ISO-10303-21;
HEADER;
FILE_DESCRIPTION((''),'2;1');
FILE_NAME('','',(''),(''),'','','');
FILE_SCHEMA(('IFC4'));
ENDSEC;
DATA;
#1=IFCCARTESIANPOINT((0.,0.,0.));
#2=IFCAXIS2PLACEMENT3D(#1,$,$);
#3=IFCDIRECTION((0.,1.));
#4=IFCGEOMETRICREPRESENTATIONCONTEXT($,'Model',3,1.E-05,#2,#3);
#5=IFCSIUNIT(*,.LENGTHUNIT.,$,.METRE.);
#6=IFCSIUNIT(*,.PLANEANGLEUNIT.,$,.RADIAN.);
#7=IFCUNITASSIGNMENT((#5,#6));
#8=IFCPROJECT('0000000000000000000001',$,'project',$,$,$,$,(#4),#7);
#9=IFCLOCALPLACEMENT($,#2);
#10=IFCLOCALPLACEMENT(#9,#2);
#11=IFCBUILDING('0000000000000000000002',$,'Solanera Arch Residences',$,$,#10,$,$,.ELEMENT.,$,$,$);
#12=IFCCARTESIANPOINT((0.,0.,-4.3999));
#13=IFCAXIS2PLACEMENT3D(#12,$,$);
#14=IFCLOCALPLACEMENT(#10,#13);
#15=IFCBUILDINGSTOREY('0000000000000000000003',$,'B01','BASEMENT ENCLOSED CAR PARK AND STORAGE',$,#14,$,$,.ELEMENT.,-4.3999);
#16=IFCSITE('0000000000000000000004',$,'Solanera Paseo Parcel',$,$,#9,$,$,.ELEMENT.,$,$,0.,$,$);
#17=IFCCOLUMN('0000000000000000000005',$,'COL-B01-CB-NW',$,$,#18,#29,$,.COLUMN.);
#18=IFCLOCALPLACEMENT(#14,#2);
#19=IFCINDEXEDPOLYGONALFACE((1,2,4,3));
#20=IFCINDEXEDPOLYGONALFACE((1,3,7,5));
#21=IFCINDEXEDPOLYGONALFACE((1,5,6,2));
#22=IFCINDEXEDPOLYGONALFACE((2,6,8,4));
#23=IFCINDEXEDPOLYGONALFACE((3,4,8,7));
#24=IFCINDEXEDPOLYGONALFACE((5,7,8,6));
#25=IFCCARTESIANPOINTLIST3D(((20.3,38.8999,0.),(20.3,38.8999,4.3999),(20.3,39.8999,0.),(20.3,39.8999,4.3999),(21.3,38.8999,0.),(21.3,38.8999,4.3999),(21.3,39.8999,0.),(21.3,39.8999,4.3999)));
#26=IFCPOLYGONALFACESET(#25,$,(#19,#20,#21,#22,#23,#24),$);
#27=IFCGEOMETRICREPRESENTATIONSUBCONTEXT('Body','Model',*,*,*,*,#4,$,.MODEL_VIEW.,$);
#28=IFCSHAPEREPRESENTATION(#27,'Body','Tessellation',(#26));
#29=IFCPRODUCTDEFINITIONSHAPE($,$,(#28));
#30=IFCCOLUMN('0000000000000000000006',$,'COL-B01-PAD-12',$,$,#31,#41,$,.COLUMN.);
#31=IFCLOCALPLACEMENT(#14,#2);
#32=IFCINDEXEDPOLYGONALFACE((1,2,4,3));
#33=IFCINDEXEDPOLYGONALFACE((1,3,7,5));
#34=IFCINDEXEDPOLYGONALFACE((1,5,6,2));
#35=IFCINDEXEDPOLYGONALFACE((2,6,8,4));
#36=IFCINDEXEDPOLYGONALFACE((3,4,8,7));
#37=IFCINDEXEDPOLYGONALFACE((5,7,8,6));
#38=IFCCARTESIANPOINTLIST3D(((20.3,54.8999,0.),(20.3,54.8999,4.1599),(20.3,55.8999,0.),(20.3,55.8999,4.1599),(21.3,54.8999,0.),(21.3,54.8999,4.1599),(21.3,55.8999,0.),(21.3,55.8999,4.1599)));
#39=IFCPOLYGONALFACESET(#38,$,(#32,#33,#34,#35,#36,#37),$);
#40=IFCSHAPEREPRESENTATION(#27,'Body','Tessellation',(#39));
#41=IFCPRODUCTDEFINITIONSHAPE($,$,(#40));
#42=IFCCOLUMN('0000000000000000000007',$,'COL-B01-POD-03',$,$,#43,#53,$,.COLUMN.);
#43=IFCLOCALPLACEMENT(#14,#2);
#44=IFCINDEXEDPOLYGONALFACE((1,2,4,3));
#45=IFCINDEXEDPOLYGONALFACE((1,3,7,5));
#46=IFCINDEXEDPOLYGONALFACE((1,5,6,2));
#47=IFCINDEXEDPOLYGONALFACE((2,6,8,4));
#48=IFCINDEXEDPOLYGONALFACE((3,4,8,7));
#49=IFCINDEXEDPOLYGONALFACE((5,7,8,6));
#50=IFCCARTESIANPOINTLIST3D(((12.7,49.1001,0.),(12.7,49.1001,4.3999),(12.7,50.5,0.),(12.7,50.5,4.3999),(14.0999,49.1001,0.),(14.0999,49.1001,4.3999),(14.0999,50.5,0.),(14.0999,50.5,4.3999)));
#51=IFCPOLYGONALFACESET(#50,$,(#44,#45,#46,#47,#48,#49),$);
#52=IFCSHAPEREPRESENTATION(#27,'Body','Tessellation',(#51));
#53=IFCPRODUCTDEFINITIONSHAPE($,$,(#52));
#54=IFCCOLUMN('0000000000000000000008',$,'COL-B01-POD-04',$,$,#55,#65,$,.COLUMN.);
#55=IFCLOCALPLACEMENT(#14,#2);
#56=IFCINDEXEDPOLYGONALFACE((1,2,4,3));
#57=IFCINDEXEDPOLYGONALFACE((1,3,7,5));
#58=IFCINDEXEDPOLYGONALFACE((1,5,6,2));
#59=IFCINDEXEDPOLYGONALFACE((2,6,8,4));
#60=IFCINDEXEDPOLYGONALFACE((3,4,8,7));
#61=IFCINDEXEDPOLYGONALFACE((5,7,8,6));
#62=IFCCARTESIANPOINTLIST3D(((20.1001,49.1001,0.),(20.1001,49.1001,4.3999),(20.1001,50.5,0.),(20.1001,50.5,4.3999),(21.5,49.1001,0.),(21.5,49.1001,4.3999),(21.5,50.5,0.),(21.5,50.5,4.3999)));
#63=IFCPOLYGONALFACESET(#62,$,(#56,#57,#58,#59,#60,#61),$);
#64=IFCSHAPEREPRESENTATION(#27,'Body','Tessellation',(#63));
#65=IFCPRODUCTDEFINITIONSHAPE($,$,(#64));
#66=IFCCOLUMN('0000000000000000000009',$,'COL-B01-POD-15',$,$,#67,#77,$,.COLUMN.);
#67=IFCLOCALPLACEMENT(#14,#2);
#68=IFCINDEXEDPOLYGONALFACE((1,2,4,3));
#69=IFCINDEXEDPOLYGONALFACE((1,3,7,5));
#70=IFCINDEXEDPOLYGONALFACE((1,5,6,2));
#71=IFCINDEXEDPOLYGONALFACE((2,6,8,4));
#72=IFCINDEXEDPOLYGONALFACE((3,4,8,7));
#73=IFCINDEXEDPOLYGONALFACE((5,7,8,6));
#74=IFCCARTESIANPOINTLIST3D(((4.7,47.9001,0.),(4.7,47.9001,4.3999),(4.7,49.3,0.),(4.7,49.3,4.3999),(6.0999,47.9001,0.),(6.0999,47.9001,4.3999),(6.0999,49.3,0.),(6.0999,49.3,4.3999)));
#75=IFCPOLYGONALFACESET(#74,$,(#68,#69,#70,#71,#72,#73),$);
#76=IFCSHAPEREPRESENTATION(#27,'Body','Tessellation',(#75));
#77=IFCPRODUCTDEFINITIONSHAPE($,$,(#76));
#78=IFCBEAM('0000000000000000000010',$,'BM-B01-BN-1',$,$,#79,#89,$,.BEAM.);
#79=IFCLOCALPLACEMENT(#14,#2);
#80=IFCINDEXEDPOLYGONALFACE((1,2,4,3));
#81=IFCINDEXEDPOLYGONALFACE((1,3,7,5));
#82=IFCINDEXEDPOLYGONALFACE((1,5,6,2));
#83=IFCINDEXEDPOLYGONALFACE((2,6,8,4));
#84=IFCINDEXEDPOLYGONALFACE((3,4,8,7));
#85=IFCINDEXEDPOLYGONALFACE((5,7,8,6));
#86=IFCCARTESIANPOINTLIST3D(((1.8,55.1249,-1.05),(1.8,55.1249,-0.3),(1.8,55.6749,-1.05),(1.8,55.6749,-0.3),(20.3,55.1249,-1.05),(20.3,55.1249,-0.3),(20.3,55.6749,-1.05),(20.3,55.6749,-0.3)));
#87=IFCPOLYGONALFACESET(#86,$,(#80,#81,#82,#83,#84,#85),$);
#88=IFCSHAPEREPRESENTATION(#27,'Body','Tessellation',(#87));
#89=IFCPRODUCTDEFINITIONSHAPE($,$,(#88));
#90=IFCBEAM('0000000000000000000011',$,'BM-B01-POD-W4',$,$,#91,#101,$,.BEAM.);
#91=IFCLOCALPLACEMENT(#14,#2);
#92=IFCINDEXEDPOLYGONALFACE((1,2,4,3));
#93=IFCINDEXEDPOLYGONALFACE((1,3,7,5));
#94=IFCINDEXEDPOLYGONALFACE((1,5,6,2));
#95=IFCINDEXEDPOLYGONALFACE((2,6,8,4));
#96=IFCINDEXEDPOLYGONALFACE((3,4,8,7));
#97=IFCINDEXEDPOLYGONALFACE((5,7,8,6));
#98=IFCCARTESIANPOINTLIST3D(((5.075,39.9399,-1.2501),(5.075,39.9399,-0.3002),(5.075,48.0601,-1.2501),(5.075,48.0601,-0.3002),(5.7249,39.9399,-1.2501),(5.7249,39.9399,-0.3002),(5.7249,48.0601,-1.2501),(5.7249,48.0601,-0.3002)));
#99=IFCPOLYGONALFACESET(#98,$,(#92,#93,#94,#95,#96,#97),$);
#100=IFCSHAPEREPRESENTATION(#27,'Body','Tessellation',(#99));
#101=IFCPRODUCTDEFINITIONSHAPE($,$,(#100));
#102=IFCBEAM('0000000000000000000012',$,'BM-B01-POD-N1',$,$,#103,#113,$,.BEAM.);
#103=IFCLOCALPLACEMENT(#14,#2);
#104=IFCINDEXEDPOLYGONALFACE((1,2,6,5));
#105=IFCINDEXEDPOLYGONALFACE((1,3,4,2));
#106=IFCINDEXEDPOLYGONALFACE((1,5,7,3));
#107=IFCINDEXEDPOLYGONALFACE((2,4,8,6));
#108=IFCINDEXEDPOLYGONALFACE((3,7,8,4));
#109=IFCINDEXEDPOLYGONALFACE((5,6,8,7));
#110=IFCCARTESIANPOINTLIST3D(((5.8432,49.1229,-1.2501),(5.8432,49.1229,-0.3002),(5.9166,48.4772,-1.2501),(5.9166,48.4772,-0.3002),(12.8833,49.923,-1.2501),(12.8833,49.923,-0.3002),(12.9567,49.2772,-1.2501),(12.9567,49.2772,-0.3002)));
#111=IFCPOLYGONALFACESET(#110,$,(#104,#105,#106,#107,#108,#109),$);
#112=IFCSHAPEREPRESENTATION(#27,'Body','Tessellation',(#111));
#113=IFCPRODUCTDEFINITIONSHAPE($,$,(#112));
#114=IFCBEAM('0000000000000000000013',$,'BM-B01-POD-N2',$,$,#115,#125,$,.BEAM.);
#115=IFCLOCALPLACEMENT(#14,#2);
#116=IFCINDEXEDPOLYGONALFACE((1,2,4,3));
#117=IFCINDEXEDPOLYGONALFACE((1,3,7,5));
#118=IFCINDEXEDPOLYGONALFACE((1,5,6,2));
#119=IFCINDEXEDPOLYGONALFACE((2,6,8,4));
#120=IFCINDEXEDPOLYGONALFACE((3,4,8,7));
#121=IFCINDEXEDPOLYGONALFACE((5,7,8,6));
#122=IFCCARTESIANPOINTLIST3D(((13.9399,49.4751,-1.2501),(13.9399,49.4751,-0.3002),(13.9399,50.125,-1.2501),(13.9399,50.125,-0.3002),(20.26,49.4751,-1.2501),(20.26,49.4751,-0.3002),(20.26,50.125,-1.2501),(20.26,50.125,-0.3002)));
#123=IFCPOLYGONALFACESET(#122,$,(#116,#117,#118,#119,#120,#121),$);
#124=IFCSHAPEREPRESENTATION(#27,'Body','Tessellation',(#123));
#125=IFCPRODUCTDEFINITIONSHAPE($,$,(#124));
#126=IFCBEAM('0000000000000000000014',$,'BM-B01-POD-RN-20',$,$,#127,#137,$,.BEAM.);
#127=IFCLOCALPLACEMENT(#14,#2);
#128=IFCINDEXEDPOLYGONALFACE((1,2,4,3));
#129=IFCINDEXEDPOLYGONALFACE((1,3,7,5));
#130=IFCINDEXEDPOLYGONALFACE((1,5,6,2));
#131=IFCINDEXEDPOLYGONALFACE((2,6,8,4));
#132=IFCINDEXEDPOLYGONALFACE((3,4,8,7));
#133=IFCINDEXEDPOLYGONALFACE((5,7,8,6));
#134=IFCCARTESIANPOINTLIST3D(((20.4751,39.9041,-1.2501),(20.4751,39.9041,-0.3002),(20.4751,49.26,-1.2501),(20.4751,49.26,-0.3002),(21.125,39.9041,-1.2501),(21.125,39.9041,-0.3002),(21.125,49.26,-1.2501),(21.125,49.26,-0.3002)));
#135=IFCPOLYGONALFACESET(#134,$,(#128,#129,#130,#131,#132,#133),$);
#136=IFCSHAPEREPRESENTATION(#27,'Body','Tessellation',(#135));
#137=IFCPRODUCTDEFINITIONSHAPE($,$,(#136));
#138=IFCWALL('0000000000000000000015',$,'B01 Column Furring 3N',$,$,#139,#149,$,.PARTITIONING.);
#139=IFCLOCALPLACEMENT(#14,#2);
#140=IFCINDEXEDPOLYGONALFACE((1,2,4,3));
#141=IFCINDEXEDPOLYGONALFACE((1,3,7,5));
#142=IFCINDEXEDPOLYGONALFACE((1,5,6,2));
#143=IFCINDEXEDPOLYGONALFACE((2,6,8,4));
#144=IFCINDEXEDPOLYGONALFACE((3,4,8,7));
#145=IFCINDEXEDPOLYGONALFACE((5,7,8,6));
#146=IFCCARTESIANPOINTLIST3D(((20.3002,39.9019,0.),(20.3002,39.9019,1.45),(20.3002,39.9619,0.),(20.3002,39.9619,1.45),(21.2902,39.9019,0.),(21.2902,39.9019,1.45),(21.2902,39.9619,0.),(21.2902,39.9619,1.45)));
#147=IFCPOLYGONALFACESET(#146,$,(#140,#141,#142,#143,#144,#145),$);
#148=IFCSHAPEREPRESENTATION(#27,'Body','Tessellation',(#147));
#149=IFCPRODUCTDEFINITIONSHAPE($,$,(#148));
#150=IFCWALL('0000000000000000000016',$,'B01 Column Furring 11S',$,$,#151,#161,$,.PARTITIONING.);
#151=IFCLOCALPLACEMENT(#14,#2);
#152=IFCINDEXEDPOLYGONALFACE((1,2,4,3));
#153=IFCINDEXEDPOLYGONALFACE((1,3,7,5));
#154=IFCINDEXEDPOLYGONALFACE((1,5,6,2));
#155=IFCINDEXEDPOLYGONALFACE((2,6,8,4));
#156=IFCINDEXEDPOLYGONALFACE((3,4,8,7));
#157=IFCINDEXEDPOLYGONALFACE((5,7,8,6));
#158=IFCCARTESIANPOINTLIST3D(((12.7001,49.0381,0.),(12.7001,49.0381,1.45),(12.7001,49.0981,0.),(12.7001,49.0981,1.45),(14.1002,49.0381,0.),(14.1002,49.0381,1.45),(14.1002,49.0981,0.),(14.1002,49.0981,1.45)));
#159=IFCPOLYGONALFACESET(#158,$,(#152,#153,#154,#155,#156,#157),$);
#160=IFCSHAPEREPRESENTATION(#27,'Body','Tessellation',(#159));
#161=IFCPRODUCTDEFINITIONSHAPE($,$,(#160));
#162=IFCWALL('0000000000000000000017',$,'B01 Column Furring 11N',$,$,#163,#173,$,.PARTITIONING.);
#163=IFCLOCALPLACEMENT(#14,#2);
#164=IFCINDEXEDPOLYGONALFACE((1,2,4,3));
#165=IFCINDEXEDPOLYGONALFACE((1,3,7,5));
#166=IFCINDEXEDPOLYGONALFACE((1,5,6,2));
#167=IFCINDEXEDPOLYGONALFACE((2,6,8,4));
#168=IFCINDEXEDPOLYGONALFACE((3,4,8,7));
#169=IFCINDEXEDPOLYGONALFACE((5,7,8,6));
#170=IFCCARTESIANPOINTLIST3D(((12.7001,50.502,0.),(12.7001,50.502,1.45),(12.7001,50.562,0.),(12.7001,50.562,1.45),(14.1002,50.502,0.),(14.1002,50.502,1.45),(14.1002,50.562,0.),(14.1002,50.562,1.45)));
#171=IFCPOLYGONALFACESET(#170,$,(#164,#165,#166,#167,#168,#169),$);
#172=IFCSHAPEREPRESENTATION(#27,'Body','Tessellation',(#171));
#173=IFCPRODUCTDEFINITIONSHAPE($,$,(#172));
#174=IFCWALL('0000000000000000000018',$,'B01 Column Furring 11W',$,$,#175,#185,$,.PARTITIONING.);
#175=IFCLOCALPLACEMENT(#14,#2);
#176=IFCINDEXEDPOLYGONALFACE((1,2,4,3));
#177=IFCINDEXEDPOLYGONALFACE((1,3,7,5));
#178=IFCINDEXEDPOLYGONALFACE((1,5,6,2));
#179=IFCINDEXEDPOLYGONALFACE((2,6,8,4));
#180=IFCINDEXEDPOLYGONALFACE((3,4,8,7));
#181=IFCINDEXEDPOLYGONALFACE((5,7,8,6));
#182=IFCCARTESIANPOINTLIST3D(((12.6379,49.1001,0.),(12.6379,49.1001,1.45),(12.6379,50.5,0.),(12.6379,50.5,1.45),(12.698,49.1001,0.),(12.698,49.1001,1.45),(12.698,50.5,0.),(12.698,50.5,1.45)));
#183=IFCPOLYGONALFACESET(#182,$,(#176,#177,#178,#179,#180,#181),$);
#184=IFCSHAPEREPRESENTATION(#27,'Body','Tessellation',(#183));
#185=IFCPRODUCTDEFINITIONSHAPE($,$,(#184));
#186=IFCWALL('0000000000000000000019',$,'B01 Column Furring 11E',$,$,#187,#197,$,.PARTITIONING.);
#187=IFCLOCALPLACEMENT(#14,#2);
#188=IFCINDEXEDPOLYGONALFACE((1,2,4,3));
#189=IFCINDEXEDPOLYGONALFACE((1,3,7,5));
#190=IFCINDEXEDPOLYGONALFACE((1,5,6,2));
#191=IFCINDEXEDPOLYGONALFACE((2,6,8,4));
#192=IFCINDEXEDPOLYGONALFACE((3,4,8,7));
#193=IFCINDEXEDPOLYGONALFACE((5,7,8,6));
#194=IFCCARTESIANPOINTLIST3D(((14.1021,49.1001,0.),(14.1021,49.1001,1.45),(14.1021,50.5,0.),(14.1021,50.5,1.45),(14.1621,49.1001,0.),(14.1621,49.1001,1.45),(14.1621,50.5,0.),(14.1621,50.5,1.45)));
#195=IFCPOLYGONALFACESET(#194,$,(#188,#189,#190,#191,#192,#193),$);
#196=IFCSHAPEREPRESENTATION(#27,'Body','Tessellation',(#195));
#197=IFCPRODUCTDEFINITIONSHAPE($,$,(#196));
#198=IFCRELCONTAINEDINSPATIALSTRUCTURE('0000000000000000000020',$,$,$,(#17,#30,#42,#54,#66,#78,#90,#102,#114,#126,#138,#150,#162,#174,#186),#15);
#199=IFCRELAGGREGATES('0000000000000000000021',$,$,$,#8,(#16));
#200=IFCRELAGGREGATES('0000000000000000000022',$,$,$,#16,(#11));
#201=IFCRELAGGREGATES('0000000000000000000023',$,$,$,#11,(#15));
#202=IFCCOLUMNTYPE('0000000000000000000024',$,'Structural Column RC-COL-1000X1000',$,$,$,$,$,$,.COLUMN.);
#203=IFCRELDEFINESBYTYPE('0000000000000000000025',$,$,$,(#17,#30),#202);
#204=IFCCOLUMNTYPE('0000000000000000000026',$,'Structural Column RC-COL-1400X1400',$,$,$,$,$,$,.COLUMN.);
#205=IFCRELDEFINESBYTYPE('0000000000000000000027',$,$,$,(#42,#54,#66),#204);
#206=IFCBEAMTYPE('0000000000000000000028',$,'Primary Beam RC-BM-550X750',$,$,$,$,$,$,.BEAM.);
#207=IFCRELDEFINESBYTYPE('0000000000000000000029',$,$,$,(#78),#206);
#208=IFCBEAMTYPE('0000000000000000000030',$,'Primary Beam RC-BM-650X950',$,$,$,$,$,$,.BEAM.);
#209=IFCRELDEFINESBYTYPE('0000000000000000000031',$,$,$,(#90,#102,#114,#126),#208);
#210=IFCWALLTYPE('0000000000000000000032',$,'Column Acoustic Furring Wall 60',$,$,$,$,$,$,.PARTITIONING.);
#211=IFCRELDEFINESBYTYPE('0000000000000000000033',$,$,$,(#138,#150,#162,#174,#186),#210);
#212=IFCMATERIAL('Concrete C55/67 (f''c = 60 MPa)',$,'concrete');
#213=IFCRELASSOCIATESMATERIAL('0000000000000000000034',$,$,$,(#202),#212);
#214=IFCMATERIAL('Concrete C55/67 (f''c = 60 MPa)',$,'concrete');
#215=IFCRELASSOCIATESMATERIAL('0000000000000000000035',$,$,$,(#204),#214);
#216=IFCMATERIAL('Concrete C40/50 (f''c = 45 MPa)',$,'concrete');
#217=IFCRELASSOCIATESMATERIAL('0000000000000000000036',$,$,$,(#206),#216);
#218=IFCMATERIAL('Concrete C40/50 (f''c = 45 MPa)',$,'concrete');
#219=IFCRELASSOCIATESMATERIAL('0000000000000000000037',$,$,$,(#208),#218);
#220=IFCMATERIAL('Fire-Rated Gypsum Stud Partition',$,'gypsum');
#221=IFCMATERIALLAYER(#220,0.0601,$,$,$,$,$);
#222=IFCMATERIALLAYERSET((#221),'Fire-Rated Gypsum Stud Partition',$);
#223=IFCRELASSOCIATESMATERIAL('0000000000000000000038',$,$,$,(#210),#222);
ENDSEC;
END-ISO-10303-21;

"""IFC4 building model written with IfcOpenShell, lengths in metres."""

from ifc_helpers import new_model, si_unit, direction, frame, frame_2d, origin, origin_2d, place, context, subcontext, project, spatial, rectangle, extrude, material, layer, layer_set, material_profile, profile_set, type_object, element, save


model = new_model("IFC4")

# Units and contexts
model_context = context("Model", 3, precision=1e-05, world=origin(), true_north=direction((0.0, 1.0)))
body_context = subcontext(model_context, "Body", "Model", "MODEL_VIEW")
ifc_project = project(units=[si_unit("LENGTHUNIT", "METRE"), si_unit("PLANEANGLEUNIT", "RADIAN")], contexts=[model_context])

# Site, building, storey
site_placement = place(None, origin())
site = spatial("IfcSite", under=ifc_project, at=site_placement, Name="Solanera Paseo Parcel", CompositionType="ELEMENT", RefElevation=0.0)
building_placement = place(site_placement, origin())
building = spatial("IfcBuilding", under=site, at=building_placement, Name="Solanera Arch Residences", CompositionType="ELEMENT")
storey_placement = place(building_placement, frame((0.0, 0.0, -4.3999)))
storey = spatial("IfcBuildingStorey", under=building, at=storey_placement, Name="B01", Description="BASEMENT ENCLOSED CAR PARK AND STORAGE", CompositionType="ELEMENT", Elevation=-4.3999)

# Columns
ifc_material_1 = material(Name="Concrete C55/67 (f'c = 60 MPa)", Category="concrete")
ifc_material_profile_1 = material_profile(ifc_material_1, rectangle(XDim=1.0, YDim=1.0, at=origin_2d()))
ifc_profile_set_1 = profile_set([ifc_material_profile_1], Name="Concrete C55/67 (f'c = 60 MPa)")
column_type_1 = type_object("IfcColumnType", Name="Structural Column RC-COL-1000X1000", PredefinedType="COLUMN", material=ifc_profile_set_1)
column_1_placement = place(storey_placement, frame((20.8, 39.3999, 0.0), z_axis=(0.0, 0.0, 1.0), x_axis=(1.0, 0.0, 0.0)))
element("IfcColumn", 1, at=column_1_placement, inside=storey, type_object=column_type_1, Name="COL-B01-CB-NW", PredefinedType="COLUMN", context=body_context, shape_type="SweptSolid", body=[
    extrude(rectangle(XDim=1.0, YDim=1.0, at=origin_2d()), origin(), (0.0, 0.0, 1.0), 4.3999),
])
column_2_placement = place(storey_placement, frame((20.8, 55.3999, 0.0), z_axis=(0.0, 0.0, 1.0), x_axis=(1.0, 0.0, 0.0)))
element("IfcColumn", 2, at=column_2_placement, inside=storey, type_object=column_type_1, Name="COL-B01-PAD-12", PredefinedType="COLUMN", context=body_context, shape_type="SweptSolid", body=[
    extrude(rectangle(XDim=1.0, YDim=1.0, at=origin_2d()), origin(), (0.0, 0.0, 1.0), 4.1599),
])
ifc_material_2 = material(Name="Concrete C55/67 (f'c = 60 MPa)", Category="concrete")
ifc_material_profile_2 = material_profile(ifc_material_2, rectangle(XDim=1.3999, YDim=1.3999, at=origin_2d()))
ifc_profile_set_2 = profile_set([ifc_material_profile_2], Name="Concrete C55/67 (f'c = 60 MPa)")
column_type_2 = type_object("IfcColumnType", Name="Structural Column RC-COL-1400X1400", PredefinedType="COLUMN", material=ifc_profile_set_2)
for number, where, z_axis, x_axis, name in (
    (3, (13.3999, 49.8, 0.0), (0.0, 0.0, 1.0), (1.0, 0.0, 0.0), "COL-B01-POD-03"),
    (4, (20.8, 49.8, 0.0), (0.0, 0.0, 1.0), (1.0, 0.0, 0.0), "COL-B01-POD-04"),
    (5, (5.3999, 48.6001, 0.0), (0.0, 0.0, 1.0), (1.0, 0.0, 0.0), "COL-B01-POD-15"),
):
    element("IfcColumn", number, at=place(storey_placement, frame(where, z_axis=z_axis, x_axis=x_axis)), inside=storey, type_object=column_type_2, Name=name, PredefinedType="COLUMN", context=body_context, shape_type="SweptSolid", body=[
        extrude(rectangle(XDim=1.3999, YDim=1.3999, at=origin_2d()), origin(), (0.0, 0.0, 1.0), 4.3999),
    ])

# Beams
ifc_material_3 = material(Name="Concrete C40/50 (f'c = 45 MPa)", Category="concrete")
ifc_material_profile_3 = material_profile(ifc_material_3, rectangle(XDim=0.55, YDim=0.75, at=origin_2d()))
ifc_profile_set_3 = profile_set([ifc_material_profile_3], Name="Concrete C40/50 (f'c = 45 MPa)")
beam_type_1 = type_object("IfcBeamType", Name="Primary Beam RC-BM-550X750", PredefinedType="BEAM", material=ifc_profile_set_3)
beam_1_placement = place(storey_placement, frame((1.8, 55.3999, -0.675), z_axis=(1.0, 0.0, 0.0), x_axis=(0.0, 1.0, 0.0)))
element("IfcBeam", 6, at=beam_1_placement, inside=storey, type_object=beam_type_1, Name="BM-B01-BN-1", PredefinedType="BEAM", context=body_context, shape_type="SweptSolid", body=[
    extrude(rectangle(XDim=0.55, YDim=0.75, at=origin_2d()), origin(), (0.0, 0.0, 1.0), 18.5),
])
ifc_material_4 = material(Name="Concrete C40/50 (f'c = 45 MPa)", Category="concrete")
ifc_material_profile_4 = material_profile(ifc_material_4, rectangle(XDim=0.6499, YDim=0.95, at=origin_2d()))
ifc_profile_set_4 = profile_set([ifc_material_profile_4], Name="Concrete C40/50 (f'c = 45 MPa)")
beam_type_2 = type_object("IfcBeamType", Name="Primary Beam RC-BM-650X950", PredefinedType="BEAM", material=ifc_profile_set_4)
beam_2_placement = place(storey_placement, frame((5.3999, 39.9399, -0.7751), z_axis=(0.0, 1.0, 0.0), x_axis=(-1.0, 0.0, 0.0)))
element("IfcBeam", 7, at=beam_2_placement, inside=storey, type_object=beam_type_2, Name="BM-B01-POD-W4", PredefinedType="BEAM", context=body_context, shape_type="SweptSolid", body=[
    extrude(rectangle(XDim=0.6499, YDim=0.95, at=origin_2d()), origin(), (0.0, 0.0, 1.0), 8.1201),
])
beam_3_placement = place(storey_placement, frame((5.8799, 48.8, -0.7751), z_axis=(0.993605, 0.112916, 0.0), x_axis=(-0.112916, 0.993605, 0.0)))
element("IfcBeam", 8, at=beam_3_placement, inside=storey, type_object=beam_type_2, Name="BM-B01-POD-N1", PredefinedType="BEAM", context=body_context, shape_type="SweptSolid", body=[
    extrude(rectangle(XDim=0.6499, YDim=0.95, at=origin_2d()), origin(), (0.0, 0.0, 1.0), 7.0854),
])
beam_4_placement = place(storey_placement, frame((13.9399, 49.8, -0.7751), z_axis=(1.0, 0.0, 0.0), x_axis=(0.0, 1.0, 0.0)))
element("IfcBeam", 9, at=beam_4_placement, inside=storey, type_object=beam_type_2, Name="BM-B01-POD-N2", PredefinedType="BEAM", context=body_context, shape_type="SweptSolid", body=[
    extrude(rectangle(XDim=0.6499, YDim=0.95, at=origin_2d()), origin(), (0.0, 0.0, 1.0), 6.3201),
])
beam_5_placement = place(storey_placement, frame((20.8, 39.9041, -0.7751), z_axis=(0.0, 1.0, 0.0), x_axis=(-1.0, 0.0, 0.0)))
element("IfcBeam", 10, at=beam_5_placement, inside=storey, type_object=beam_type_2, Name="BM-B01-POD-RN-20", PredefinedType="BEAM", context=body_context, shape_type="SweptSolid", body=[
    extrude(rectangle(XDim=0.6499, YDim=0.95, at=origin_2d()), origin(), (0.0, 0.0, 1.0), 9.356),
])

# Walls
ifc_material_5 = material(Name="Fire-Rated Gypsum Stud Partition", Category="gypsum")
ifc_layer_1 = layer(ifc_material_5, 0.0601)
ifc_layer_set_1 = layer_set([ifc_layer_1], Name="Fire-Rated Gypsum Stud Partition")
wall_type_1 = type_object("IfcWallType", Name="Column Acoustic Furring Wall 60", PredefinedType="PARTITIONING", material=ifc_layer_set_1)
wall_1_placement = place(storey_placement, frame((20.3, 39.9319, 0.0), z_axis=(0.0, 0.0, 1.0), x_axis=(1.0, 0.0, 0.0)))
element("IfcWall", 11, at=wall_1_placement, inside=storey, type_object=wall_type_1, Name="B01 Column Furring 3N", PredefinedType="PARTITIONING", context=body_context, shape_type="SweptSolid", body=[
    extrude(rectangle(XDim=0.99, YDim=0.0601, at=frame_2d((0.4951, 0.0))), origin(), (0.0, 0.0, 1.0), 1.45),
])
for number, where, z_axis, x_axis, name in (
    (12, (12.7, 49.0681, 0.0), (0.0, 0.0, 1.0), (1.0, 0.0, 0.0), "B01 Column Furring 11S"),
    (13, (12.7, 50.532, 0.0), (0.0, 0.0, 1.0), (1.0, 0.0, 0.0), "B01 Column Furring 11N"),
):
    element("IfcWall", number, at=place(storey_placement, frame(where, z_axis=z_axis, x_axis=x_axis)), inside=storey, type_object=wall_type_1, Name=name, PredefinedType="PARTITIONING", context=body_context, shape_type="SweptSolid", body=[
        extrude(rectangle(XDim=1.4001, YDim=0.0601, at=frame_2d((0.7002, 0.0))), origin(), (0.0, 0.0, 1.0), 1.45),
    ])
for number, where, z_axis, x_axis, name in (
    (14, (12.668, 49.1001, 0.0), (0.0, 0.0, 1.0), (0.0, 1.0, 0.0), "B01 Column Furring 11W"),
    (15, (14.1321, 49.1001, 0.0), (0.0, 0.0, 1.0), (0.0, 1.0, 0.0), "B01 Column Furring 11E"),
):
    element("IfcWall", number, at=place(storey_placement, frame(where, z_axis=z_axis, x_axis=x_axis)), inside=storey, type_object=wall_type_1, Name=name, PredefinedType="PARTITIONING", context=body_context, shape_type="SweptSolid", body=[
        extrude(rectangle(XDim=1.3999, YDim=0.0601, at=frame_2d((0.7, 0.0))), origin(), (0.0, 0.0, 1.0), 1.45),
    ])

save(model, "model.ifc")
